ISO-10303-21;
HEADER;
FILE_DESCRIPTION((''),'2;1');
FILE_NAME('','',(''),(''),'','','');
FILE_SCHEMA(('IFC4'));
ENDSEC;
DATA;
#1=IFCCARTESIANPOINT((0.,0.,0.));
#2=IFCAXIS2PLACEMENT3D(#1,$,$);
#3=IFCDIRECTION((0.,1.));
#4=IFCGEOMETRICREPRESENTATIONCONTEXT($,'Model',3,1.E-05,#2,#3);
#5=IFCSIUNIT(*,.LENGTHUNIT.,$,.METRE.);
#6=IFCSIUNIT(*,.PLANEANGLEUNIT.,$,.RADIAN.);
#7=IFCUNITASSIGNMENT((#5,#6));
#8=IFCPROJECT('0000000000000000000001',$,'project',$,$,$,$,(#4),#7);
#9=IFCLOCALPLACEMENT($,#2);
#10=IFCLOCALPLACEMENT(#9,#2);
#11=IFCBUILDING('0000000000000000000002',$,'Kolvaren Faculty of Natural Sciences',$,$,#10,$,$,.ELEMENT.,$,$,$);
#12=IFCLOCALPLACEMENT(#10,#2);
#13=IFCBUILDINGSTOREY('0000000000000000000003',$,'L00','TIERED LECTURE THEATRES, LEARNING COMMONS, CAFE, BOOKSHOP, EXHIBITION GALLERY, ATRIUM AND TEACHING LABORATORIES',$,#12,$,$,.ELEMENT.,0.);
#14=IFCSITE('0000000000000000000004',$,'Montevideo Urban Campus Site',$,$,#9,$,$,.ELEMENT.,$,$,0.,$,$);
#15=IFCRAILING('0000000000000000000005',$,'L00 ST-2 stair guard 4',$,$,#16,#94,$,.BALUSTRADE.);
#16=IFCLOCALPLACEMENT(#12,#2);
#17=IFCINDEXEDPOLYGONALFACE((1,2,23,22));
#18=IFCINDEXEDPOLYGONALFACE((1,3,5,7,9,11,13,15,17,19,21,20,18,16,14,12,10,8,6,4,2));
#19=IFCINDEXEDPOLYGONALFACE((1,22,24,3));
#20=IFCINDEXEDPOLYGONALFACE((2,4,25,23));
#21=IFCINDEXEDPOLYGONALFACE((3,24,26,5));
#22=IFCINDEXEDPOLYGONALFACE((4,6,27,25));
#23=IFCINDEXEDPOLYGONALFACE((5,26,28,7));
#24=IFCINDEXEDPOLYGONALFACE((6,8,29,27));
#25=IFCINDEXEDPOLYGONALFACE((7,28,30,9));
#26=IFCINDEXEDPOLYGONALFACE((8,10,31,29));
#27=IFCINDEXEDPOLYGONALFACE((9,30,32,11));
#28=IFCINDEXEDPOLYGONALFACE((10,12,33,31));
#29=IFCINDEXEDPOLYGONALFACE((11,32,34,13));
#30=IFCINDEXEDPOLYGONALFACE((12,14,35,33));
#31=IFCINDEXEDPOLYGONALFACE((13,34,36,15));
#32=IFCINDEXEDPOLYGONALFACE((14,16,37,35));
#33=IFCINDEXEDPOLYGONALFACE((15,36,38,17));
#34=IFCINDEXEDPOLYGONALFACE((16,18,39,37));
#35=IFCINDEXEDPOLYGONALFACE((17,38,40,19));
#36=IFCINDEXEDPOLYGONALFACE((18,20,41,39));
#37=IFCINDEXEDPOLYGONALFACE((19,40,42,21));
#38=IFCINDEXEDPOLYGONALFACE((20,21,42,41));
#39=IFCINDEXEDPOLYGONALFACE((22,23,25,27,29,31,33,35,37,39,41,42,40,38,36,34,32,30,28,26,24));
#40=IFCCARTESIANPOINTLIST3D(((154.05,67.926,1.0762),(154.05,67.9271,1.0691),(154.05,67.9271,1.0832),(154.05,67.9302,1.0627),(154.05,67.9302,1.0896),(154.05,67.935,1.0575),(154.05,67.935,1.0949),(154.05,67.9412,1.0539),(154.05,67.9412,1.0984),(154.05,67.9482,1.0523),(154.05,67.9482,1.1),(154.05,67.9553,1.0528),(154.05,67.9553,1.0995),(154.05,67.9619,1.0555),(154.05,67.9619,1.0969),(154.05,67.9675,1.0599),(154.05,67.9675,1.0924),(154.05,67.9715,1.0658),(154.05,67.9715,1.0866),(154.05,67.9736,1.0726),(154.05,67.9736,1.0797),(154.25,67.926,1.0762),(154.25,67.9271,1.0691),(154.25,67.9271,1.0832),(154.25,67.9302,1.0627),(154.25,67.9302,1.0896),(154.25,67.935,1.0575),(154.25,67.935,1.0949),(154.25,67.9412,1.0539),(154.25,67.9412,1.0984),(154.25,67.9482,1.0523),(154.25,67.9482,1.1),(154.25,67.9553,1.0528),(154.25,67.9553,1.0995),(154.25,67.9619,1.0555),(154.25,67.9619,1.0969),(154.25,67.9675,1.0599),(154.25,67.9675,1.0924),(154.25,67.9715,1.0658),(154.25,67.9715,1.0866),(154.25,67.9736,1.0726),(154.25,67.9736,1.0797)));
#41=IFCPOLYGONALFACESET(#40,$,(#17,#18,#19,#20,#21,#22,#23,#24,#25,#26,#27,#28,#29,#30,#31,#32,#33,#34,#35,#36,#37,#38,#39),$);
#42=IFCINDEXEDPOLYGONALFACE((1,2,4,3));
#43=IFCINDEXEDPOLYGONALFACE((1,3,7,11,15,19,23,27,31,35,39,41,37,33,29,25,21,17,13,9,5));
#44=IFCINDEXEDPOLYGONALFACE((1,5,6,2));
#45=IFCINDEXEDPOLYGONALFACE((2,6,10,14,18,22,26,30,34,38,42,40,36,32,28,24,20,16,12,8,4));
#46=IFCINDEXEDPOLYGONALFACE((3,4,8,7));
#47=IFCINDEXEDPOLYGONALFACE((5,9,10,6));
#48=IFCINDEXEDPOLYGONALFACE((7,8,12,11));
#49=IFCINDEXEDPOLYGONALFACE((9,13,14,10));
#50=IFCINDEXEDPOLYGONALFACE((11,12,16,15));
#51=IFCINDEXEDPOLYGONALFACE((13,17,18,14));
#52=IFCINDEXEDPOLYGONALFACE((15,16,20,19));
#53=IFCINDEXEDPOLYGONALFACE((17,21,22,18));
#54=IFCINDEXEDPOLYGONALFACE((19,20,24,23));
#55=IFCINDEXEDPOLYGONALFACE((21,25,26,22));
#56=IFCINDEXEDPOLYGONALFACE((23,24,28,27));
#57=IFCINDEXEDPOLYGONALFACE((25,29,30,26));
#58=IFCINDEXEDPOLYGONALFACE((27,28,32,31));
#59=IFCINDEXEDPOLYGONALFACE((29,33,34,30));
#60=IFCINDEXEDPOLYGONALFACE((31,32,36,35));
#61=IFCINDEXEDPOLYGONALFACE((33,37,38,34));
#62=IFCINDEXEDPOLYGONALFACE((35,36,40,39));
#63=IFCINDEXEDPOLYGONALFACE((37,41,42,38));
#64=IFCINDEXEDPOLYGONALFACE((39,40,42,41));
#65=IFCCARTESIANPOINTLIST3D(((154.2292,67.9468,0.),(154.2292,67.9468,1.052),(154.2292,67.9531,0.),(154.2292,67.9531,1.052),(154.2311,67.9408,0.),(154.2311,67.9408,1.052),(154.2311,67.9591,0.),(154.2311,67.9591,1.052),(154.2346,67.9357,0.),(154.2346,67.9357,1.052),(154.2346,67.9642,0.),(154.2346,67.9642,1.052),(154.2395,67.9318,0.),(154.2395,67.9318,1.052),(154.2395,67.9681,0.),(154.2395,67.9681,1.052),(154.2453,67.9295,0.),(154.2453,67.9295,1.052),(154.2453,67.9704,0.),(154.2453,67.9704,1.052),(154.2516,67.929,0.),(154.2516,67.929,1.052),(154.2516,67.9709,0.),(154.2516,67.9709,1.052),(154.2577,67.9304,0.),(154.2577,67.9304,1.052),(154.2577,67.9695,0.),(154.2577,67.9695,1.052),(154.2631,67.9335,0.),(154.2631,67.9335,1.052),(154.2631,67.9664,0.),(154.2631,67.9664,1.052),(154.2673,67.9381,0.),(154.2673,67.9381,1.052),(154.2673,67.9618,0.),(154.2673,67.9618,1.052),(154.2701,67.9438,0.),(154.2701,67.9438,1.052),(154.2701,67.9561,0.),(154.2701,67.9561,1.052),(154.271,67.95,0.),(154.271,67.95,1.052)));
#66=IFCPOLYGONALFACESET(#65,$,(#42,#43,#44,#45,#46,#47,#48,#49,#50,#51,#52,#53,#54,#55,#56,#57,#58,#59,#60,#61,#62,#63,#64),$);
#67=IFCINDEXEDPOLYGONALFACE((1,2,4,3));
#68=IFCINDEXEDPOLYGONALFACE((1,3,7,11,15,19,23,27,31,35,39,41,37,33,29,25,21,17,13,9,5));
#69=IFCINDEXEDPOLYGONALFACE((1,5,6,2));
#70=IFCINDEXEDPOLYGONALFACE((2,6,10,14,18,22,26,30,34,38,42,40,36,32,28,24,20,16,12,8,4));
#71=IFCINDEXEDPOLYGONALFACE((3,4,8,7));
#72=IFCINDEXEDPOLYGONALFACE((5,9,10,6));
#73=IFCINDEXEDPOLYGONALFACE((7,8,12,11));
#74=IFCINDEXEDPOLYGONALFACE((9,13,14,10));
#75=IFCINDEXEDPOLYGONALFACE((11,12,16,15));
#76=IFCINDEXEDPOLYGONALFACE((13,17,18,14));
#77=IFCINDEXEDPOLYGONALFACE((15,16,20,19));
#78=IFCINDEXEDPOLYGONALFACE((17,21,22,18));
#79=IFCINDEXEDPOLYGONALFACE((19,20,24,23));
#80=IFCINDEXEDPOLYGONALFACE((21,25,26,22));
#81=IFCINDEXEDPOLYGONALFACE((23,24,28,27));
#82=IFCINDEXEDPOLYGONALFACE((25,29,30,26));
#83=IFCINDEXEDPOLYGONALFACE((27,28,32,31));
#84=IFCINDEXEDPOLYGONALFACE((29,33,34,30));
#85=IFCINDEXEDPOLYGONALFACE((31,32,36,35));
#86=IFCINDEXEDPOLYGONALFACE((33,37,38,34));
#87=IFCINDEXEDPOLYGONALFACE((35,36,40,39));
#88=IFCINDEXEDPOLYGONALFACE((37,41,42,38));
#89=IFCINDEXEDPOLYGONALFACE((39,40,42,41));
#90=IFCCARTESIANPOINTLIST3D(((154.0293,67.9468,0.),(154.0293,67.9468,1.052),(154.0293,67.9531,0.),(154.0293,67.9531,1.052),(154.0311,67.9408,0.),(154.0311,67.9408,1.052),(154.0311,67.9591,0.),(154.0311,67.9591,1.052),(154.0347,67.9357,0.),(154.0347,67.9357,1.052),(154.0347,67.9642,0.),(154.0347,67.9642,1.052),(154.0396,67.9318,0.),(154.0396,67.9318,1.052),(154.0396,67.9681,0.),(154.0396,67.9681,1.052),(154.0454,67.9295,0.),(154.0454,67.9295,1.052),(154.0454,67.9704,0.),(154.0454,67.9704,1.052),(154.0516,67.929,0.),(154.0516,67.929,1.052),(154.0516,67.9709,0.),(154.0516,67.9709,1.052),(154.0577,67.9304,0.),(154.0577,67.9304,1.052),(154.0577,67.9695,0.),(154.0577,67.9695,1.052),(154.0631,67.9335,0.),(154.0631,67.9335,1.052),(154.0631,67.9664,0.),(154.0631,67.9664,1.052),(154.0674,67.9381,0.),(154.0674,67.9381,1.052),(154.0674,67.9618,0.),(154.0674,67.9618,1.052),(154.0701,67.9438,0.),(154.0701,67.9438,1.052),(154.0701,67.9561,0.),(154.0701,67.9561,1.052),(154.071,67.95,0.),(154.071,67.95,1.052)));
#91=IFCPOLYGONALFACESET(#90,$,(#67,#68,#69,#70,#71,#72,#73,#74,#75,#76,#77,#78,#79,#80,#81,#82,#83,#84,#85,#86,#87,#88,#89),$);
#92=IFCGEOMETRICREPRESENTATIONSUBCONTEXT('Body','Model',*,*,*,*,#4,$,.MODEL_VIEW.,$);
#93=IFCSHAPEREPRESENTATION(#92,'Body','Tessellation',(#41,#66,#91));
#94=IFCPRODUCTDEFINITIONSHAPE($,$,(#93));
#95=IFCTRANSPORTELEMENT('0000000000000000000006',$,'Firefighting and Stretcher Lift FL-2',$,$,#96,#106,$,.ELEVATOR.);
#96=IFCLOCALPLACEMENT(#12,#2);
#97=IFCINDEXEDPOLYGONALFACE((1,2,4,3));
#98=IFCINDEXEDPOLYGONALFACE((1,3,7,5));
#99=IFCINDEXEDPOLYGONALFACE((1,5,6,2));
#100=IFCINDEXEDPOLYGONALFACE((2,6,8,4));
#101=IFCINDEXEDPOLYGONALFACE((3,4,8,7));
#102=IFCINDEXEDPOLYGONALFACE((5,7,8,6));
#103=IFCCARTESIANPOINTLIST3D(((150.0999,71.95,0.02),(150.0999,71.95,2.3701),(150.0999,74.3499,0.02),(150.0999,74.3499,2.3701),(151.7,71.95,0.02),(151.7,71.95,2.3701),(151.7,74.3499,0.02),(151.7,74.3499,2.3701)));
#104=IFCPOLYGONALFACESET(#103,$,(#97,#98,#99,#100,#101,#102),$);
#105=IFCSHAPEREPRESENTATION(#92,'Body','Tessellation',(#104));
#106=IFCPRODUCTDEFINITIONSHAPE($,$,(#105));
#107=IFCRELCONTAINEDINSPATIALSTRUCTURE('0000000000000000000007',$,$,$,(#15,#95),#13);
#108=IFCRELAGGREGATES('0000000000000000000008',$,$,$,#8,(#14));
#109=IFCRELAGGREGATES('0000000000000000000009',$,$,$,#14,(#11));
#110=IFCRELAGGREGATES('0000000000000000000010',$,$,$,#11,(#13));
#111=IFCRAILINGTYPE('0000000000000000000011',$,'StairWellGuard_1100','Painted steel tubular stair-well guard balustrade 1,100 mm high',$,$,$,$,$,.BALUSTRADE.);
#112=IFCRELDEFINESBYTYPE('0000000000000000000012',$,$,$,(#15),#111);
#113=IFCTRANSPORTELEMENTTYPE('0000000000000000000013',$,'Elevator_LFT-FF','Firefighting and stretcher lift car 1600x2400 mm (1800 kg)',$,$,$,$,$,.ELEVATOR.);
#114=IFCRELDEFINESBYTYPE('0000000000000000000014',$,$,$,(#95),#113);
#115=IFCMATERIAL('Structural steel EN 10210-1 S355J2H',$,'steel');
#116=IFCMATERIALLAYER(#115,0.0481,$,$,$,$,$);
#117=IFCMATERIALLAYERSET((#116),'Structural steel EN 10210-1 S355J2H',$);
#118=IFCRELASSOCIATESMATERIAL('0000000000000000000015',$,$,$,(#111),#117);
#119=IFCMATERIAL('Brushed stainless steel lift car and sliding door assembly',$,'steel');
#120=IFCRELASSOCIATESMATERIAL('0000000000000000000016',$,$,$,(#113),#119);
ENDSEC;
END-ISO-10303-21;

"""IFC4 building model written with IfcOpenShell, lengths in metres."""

from ifc_helpers import new_model, si_unit, direction, frame, origin, origin_2d, place, context, subcontext, project, spatial, rectangle, circle, extrude, material, layer, layer_set, type_object, element, save


model = new_model("IFC4")

# Units and contexts
model_context = context("Model", 3, precision=1e-05, world=origin(), true_north=direction((0.0, 1.0)))
body_context = subcontext(model_context, "Body", "Model", "MODEL_VIEW")
ifc_project = project(units=[si_unit("LENGTHUNIT", "METRE"), si_unit("PLANEANGLEUNIT", "RADIAN")], contexts=[model_context])

# Site, building, storey
site_placement = place(None, origin())
site = spatial("IfcSite", under=ifc_project, at=site_placement, Name="Montevideo Urban Campus Site", CompositionType="ELEMENT", RefElevation=0.0)
building_placement = place(site_placement, origin())
building = spatial("IfcBuilding", under=site, at=building_placement, Name="Kolvaren Faculty of Natural Sciences", CompositionType="ELEMENT")
storey_placement = place(building_placement, origin())
storey = spatial("IfcBuildingStorey", under=building, at=storey_placement, Name="L00", Description="TIERED LECTURE THEATRES, LEARNING COMMONS, CAFE, BOOKSHOP, EXHIBITION GALLERY, ATRIUM AND TEACHING LABORATORIES", CompositionType="ELEMENT", Elevation=0.0)

# Shared definitions
ifc_material_1 = material(Name="Brushed stainless steel lift car and sliding door assembly", Category="steel")

# Railing
ifc_material_2 = material(Name="Structural steel EN 10210-1 S355J2H", Category="steel")
ifc_layer_1 = layer(ifc_material_2, 0.0481)
ifc_layer_set_1 = layer_set([ifc_layer_1], Name="Structural steel EN 10210-1 S355J2H")
railing_type_1 = type_object("IfcRailingType", Name="StairWellGuard_1100", Description="Painted steel tubular stair-well guard balustrade 1,100 mm high", PredefinedType="BALUSTRADE", material=ifc_layer_set_1)
railing_1_placement = place(storey_placement, frame((154.25, 67.95, 0.0)))
element("IfcRailing", 1, at=railing_1_placement, inside=storey, type_object=railing_type_1, Name="L00 ST-2 stair guard 4", PredefinedType="BALUSTRADE", context=body_context, shape_type="SweptSolid", body=[
    extrude(circle(Radius=0.0239, at=origin_2d()), frame((0.0, 0.0, 1.0762), z_axis=(-1.0, 0.0, 0.0), x_axis=(0.0, -1.0, 0.0)), (0.0, 0.0, 1.0), 0.2),
    extrude(circle(Radius=0.021, at=origin_2d()), origin(), (0.0, 0.0, 1.0), 1.052),
    extrude(circle(Radius=0.021, at=origin_2d()), frame((-0.2, 0.0, 0.0)), (0.0, 0.0, 1.0), 1.052),
])

# Transport element
transport_element_type = type_object("IfcTransportElementType", Name="Elevator_LFT-FF", Description="Firefighting and stretcher lift car 1600x2400 mm (1800 kg)", PredefinedType="ELEVATOR", material=ifc_material_1)
transport_element_placement = place(storey_placement, frame((150.8999, 73.1499, 0.02), z_axis=(0.0, 0.0, 1.0), x_axis=(1.0, 0.0, 0.0)))
element("IfcTransportElement", 2, at=transport_element_placement, inside=storey, type_object=transport_element_type, Name="Firefighting and Stretcher Lift FL-2", PredefinedType="ELEVATOR", context=body_context, shape_type="SweptSolid", body=[
    extrude(rectangle(XDim=1.6001, YDim=2.3999, at=origin_2d()), origin(), (0.0, 0.0, 1.0), 2.3501),
])

save(model, "model.ifc")
